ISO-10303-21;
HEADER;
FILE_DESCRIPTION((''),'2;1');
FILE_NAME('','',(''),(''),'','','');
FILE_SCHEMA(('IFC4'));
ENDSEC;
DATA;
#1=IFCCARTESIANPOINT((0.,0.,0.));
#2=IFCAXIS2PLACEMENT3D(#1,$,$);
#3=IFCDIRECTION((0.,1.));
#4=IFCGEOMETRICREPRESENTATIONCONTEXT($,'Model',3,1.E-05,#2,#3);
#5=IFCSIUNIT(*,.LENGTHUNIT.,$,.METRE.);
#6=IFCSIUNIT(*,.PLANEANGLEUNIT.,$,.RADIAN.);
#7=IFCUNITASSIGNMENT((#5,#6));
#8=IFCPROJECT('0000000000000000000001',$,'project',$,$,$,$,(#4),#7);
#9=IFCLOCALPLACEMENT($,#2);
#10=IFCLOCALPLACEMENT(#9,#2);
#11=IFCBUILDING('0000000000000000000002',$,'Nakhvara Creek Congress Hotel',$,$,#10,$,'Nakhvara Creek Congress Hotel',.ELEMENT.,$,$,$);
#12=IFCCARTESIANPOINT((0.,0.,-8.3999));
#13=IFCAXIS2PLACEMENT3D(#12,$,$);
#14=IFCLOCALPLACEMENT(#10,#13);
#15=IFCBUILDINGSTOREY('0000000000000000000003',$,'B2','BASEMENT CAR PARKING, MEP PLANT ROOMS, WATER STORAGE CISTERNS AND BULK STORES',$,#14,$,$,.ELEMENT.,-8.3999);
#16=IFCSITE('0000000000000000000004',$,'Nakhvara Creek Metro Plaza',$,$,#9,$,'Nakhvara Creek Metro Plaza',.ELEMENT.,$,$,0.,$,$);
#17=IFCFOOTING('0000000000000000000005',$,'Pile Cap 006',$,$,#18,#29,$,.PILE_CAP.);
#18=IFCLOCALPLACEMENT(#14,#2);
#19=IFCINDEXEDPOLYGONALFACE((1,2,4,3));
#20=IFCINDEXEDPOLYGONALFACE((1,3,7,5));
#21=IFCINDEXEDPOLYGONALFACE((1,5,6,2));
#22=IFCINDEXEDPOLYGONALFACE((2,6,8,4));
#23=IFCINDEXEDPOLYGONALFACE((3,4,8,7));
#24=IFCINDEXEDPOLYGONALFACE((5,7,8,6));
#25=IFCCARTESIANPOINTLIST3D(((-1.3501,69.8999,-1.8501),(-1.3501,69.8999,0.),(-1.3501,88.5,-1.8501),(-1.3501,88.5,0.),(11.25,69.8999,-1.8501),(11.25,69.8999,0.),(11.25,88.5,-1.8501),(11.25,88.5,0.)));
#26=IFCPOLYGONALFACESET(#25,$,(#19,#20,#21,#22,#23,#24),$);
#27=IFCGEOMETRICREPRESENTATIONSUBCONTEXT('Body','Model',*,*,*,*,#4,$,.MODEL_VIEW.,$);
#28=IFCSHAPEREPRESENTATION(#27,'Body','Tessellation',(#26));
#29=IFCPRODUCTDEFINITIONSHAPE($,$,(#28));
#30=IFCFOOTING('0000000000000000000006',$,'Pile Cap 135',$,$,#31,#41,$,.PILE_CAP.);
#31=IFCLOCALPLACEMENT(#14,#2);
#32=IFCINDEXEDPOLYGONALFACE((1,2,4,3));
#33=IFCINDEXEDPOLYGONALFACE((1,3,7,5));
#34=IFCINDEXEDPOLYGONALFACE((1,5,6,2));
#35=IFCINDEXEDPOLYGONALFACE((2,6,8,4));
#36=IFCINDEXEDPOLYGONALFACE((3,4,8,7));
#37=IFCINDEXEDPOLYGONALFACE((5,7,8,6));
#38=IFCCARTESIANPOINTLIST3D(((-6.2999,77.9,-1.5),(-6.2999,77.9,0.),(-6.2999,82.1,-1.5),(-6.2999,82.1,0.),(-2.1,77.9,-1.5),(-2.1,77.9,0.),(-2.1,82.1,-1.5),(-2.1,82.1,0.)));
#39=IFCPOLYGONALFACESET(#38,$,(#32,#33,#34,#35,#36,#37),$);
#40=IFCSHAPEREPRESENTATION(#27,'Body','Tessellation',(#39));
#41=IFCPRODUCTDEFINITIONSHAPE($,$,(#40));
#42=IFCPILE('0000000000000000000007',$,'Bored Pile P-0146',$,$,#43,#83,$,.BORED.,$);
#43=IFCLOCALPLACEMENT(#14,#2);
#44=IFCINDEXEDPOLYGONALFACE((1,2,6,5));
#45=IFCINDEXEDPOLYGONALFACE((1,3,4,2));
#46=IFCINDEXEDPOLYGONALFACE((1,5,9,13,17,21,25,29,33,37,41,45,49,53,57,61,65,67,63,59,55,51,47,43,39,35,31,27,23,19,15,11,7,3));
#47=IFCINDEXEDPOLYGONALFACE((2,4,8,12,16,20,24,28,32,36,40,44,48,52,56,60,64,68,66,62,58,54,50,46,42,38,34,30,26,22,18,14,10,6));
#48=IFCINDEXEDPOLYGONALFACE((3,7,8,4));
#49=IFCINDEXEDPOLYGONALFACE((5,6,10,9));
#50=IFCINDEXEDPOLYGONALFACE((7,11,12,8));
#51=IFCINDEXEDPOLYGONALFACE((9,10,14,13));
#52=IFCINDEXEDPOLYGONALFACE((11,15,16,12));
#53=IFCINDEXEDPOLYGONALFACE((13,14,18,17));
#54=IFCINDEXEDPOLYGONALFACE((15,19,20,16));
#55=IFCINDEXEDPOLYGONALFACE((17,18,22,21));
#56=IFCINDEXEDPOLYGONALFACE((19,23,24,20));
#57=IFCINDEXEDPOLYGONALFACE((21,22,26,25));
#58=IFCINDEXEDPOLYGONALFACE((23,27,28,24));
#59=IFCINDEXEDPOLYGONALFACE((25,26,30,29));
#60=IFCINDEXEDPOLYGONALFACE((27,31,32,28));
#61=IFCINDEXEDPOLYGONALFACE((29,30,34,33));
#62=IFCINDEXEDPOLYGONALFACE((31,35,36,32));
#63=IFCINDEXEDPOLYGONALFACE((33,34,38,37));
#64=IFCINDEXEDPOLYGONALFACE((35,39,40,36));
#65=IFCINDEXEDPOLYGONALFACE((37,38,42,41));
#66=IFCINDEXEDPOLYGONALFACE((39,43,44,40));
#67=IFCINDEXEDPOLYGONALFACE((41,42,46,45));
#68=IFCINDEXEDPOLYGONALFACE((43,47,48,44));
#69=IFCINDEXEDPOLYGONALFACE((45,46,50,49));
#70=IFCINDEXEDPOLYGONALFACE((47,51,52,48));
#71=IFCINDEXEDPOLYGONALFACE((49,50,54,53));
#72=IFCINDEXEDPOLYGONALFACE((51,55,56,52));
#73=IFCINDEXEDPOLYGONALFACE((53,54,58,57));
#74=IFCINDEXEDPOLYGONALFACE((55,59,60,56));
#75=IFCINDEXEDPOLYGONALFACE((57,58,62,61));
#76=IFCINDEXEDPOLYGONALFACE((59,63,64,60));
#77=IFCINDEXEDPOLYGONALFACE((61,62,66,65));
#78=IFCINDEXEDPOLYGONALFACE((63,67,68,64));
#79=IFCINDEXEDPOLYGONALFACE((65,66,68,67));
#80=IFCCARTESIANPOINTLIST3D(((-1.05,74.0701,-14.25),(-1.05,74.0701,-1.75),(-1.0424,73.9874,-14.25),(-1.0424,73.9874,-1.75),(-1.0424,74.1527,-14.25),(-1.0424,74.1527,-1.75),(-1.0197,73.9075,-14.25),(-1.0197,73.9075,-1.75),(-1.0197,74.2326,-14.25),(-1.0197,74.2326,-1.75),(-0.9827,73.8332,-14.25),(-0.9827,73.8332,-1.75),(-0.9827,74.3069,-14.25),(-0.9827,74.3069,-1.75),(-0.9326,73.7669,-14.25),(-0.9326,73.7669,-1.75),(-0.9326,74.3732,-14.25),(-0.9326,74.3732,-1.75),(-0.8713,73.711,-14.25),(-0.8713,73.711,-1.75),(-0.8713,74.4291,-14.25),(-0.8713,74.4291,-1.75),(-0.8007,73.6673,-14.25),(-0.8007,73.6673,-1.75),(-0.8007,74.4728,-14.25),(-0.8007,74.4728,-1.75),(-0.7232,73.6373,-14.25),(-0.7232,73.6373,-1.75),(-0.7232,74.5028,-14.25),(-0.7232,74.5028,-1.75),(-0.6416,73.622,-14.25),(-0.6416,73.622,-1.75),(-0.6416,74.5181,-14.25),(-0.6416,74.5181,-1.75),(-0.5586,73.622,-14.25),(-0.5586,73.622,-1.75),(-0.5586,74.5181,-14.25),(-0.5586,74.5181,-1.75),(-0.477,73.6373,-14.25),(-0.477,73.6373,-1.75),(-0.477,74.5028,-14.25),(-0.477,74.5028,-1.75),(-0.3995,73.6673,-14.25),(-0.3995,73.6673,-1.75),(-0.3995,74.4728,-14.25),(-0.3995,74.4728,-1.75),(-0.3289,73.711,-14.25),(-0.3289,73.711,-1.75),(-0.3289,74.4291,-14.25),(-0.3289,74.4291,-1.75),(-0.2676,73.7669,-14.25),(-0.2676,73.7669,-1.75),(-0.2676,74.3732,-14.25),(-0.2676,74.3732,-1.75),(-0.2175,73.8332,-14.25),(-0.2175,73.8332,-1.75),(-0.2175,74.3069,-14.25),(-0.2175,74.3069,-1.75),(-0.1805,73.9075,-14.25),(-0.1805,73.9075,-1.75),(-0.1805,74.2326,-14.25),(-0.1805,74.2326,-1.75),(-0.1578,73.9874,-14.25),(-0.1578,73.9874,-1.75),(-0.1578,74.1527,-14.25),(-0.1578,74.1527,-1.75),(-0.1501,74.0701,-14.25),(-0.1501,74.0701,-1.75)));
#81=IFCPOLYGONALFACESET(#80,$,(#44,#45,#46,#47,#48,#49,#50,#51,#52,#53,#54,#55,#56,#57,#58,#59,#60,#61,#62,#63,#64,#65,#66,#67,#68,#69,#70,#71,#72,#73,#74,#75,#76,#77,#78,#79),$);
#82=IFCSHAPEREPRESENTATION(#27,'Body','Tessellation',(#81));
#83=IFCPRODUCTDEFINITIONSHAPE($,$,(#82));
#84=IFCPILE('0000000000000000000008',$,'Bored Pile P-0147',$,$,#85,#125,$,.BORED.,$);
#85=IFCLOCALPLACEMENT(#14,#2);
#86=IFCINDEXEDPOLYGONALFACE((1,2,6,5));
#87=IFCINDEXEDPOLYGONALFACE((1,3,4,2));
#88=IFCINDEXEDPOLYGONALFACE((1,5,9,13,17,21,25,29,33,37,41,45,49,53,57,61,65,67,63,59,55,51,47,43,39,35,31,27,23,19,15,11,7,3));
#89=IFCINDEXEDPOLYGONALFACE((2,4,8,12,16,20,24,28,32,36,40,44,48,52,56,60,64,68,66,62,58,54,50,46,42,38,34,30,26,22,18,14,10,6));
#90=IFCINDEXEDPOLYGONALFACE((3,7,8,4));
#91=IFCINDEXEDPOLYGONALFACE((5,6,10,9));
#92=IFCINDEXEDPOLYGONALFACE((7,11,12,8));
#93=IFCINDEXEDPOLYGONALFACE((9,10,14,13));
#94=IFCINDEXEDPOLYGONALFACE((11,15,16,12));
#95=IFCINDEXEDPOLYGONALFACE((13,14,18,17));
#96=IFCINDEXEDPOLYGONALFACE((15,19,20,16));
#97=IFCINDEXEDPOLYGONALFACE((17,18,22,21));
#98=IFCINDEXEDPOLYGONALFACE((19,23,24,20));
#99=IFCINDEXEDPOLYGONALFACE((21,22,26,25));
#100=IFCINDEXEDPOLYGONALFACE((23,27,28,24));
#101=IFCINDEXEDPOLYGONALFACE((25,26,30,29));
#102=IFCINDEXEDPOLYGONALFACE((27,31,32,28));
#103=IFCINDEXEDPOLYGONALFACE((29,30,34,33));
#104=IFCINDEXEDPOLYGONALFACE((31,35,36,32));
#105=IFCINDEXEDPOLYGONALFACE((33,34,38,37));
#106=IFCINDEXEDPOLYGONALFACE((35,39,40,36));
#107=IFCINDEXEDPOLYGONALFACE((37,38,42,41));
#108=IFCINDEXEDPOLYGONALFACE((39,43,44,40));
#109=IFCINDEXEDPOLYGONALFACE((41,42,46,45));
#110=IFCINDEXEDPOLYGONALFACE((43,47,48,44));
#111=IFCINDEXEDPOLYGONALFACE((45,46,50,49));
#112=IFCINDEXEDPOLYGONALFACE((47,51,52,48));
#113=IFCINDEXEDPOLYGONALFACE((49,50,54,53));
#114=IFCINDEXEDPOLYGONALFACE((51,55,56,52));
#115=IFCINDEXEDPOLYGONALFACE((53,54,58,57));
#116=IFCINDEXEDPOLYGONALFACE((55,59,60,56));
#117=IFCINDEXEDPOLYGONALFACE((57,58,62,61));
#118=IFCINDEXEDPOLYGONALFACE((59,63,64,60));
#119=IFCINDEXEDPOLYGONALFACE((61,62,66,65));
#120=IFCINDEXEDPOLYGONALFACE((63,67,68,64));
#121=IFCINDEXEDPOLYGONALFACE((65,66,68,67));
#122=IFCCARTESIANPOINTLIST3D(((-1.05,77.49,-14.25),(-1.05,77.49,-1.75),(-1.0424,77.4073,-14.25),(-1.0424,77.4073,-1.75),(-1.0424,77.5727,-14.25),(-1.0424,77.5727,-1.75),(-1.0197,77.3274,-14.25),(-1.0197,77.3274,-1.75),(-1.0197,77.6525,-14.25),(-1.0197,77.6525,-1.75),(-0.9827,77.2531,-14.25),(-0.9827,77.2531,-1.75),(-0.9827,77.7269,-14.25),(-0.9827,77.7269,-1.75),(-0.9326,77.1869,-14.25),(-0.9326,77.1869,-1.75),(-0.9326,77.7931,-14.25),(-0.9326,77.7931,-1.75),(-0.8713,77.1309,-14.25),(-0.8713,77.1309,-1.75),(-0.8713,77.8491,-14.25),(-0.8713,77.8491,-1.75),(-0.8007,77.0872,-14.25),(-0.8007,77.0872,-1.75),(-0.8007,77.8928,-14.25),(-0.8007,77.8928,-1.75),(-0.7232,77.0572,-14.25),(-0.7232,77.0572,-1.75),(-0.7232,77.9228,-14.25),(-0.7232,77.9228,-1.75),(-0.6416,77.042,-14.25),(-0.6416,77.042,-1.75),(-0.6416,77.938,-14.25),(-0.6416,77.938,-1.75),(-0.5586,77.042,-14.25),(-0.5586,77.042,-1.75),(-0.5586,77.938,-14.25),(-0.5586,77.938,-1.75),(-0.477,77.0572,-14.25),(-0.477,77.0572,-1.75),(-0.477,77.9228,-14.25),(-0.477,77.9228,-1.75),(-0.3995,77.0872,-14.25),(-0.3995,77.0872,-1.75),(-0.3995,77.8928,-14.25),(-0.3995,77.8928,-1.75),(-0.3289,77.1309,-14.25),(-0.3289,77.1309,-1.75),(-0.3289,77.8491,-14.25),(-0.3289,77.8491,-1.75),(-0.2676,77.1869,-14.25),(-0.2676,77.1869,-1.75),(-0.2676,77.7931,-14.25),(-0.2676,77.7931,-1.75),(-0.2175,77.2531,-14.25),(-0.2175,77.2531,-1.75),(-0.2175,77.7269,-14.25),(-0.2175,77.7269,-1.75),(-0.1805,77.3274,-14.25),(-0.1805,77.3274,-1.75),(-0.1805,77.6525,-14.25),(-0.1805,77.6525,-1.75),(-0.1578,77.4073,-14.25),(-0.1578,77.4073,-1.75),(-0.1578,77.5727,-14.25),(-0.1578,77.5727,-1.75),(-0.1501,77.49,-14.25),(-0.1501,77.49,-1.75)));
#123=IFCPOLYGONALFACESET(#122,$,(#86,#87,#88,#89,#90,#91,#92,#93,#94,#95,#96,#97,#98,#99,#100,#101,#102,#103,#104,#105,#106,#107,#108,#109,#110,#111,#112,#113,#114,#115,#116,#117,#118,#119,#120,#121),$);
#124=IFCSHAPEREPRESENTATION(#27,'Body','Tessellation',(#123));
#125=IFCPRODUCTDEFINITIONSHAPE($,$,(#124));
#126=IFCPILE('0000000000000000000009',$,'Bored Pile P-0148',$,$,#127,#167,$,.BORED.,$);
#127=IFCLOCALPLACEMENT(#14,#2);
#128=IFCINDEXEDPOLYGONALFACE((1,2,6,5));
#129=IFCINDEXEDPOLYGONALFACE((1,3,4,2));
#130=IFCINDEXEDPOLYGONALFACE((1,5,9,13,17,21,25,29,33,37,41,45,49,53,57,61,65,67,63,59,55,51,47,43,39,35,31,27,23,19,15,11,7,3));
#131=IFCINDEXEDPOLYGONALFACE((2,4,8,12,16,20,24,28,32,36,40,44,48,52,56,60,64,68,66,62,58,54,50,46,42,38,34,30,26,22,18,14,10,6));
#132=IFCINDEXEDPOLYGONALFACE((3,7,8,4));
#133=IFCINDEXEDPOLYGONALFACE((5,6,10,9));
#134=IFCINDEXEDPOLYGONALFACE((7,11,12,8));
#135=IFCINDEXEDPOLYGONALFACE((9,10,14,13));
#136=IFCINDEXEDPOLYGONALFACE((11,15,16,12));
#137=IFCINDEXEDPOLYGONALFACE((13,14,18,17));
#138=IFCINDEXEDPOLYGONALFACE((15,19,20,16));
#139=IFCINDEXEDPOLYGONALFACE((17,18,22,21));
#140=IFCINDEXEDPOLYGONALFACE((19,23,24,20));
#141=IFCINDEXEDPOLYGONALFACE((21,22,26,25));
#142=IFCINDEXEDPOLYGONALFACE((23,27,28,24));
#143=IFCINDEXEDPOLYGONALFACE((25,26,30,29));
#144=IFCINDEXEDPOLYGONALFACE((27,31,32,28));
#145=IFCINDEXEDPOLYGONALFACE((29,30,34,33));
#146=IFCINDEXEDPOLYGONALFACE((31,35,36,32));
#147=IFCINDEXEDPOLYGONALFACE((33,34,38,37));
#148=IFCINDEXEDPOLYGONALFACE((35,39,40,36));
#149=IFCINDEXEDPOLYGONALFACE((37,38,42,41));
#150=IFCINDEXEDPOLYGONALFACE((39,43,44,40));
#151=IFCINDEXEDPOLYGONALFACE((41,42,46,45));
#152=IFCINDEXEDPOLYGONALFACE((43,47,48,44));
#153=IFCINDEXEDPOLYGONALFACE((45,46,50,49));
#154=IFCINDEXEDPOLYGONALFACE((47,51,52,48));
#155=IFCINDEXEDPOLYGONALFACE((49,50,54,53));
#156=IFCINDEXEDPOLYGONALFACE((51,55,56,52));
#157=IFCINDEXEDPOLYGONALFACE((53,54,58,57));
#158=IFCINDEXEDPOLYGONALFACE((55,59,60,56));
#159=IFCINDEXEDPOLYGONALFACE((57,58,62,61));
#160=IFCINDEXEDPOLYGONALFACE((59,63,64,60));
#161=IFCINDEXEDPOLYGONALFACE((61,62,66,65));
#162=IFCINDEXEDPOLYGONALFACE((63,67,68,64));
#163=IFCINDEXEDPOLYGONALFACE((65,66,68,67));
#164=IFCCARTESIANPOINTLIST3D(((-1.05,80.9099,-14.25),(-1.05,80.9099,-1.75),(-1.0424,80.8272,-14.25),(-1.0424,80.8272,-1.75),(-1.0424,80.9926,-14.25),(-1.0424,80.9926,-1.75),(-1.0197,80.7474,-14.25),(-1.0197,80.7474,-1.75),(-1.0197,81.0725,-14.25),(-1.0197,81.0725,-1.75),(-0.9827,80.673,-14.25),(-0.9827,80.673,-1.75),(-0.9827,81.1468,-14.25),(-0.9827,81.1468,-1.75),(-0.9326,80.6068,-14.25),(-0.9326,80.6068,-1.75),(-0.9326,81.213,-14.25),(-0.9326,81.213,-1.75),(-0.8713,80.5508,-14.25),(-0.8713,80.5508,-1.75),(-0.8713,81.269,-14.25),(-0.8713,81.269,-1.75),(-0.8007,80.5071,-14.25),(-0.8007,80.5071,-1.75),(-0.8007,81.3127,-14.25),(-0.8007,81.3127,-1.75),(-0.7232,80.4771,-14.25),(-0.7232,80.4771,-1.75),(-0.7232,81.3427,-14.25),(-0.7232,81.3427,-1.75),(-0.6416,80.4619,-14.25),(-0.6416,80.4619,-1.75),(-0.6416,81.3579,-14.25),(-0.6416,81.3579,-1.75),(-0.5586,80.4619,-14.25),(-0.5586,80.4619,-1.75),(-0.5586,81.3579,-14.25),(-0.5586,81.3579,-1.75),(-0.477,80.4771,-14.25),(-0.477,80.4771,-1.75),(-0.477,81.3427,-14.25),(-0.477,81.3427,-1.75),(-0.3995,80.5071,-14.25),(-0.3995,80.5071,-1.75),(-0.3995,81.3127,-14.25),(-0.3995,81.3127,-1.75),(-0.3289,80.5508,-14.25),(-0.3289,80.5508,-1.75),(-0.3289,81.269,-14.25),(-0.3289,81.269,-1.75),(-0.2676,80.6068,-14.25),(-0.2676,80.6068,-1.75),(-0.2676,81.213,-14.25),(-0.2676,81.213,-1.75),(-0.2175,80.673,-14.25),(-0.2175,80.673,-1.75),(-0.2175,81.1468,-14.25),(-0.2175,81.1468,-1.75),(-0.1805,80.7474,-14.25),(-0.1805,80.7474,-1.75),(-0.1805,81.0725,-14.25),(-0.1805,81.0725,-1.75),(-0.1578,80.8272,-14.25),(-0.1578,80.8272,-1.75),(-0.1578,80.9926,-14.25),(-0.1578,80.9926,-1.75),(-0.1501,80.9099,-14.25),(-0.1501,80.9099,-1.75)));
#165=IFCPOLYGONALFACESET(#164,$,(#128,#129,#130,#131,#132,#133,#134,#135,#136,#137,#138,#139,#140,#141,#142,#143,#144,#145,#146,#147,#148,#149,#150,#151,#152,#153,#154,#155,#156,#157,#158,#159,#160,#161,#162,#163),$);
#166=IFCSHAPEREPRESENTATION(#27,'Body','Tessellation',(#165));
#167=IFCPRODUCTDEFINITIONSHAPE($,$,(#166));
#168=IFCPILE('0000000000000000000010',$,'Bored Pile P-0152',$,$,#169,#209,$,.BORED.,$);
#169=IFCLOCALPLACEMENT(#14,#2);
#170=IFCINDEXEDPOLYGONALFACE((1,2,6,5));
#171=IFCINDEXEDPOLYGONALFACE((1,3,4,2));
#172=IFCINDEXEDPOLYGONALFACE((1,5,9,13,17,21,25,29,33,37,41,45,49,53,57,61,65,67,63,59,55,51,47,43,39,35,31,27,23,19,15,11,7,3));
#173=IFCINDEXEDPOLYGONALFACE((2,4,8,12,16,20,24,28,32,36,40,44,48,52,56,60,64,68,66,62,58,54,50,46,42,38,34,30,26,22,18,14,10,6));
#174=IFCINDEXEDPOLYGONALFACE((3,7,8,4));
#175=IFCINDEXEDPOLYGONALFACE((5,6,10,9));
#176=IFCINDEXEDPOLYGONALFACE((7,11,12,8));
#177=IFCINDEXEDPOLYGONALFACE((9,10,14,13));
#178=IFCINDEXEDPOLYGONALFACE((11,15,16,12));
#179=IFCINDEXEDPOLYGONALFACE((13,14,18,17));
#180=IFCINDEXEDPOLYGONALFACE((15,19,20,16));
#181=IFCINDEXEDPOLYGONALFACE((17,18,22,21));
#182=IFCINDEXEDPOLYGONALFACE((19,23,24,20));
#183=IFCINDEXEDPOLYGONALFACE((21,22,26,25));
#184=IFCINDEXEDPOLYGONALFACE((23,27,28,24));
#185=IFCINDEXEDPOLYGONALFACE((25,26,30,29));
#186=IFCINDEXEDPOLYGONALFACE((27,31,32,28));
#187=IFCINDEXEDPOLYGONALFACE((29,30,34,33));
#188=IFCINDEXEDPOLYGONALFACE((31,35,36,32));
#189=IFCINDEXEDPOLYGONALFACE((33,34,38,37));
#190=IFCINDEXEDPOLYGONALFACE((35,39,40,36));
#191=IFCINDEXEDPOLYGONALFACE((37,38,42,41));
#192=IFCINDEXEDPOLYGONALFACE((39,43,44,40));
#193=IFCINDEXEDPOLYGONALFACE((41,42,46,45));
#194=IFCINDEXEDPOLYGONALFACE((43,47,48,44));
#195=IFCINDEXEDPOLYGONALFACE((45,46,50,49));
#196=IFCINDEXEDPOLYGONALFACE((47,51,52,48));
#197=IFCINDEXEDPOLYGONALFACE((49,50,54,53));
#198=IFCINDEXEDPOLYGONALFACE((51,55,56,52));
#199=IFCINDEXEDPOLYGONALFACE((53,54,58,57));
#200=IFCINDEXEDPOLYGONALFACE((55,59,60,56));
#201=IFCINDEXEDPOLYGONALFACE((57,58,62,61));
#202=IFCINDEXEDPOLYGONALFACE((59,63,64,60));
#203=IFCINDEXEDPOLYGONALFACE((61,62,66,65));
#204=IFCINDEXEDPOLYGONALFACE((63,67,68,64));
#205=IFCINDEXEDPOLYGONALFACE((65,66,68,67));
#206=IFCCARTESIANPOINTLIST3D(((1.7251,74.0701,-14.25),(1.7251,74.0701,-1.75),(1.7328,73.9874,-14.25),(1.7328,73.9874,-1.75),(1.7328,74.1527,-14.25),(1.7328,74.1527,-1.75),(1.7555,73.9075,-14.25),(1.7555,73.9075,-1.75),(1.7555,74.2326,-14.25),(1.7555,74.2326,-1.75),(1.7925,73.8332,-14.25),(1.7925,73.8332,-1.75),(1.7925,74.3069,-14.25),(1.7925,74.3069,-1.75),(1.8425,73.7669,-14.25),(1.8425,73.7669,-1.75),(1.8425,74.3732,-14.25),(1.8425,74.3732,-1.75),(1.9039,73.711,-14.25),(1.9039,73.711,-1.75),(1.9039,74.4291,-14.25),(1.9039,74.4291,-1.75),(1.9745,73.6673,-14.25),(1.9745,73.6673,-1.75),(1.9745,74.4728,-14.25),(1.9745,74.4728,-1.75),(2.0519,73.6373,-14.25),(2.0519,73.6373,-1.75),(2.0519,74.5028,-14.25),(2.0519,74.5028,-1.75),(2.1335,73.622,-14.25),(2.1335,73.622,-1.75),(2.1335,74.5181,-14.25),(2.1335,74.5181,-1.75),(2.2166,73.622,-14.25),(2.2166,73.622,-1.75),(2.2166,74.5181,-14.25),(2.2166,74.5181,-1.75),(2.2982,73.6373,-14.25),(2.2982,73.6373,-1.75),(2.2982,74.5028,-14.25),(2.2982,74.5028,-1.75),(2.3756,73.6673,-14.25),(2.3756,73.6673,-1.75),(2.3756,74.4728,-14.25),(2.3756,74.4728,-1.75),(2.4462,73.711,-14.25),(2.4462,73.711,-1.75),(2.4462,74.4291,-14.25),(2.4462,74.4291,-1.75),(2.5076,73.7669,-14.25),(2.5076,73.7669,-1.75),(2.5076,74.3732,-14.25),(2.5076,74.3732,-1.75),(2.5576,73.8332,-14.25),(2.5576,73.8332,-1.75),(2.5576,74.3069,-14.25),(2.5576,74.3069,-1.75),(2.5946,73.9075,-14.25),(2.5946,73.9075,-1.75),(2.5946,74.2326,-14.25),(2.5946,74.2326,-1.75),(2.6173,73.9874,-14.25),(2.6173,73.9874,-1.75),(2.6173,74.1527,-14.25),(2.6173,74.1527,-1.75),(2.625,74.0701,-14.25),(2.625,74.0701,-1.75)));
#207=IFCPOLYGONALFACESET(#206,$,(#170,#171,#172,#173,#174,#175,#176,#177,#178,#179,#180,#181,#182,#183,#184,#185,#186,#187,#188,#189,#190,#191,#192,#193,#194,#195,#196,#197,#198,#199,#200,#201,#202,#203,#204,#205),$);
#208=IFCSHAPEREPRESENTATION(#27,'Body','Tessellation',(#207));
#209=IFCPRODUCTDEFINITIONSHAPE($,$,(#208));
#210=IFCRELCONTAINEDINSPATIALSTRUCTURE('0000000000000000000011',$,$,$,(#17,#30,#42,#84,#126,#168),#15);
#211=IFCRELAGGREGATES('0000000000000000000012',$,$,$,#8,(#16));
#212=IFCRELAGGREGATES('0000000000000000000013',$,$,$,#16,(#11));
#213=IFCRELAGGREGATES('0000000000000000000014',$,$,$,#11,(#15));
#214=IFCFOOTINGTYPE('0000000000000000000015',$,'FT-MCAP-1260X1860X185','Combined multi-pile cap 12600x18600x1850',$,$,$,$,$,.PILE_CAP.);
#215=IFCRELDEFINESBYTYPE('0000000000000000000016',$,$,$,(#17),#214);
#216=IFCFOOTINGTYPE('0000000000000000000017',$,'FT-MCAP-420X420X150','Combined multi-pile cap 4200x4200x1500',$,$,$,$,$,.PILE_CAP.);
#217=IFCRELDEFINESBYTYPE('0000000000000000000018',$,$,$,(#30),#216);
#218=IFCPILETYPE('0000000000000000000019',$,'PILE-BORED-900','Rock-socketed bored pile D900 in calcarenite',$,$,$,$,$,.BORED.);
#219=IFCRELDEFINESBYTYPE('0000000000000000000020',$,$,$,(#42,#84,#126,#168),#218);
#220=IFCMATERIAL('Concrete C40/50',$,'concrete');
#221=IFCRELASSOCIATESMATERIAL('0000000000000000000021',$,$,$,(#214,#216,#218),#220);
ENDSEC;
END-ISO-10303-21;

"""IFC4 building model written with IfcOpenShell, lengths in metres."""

from ifc_helpers import new_model, si_unit, direction, frame, origin, origin_2d, place, context, subcontext, project, spatial, rectangle, circle, extrude, material, material_profile, profile_set, type_object, element, save


model = new_model("IFC4")

# Units and contexts
model_context = context("Model", 3, precision=1e-05, world=origin(), true_north=direction((0.0, 1.0)))
body_context = subcontext(model_context, "Body", "Model", "MODEL_VIEW")
ifc_project = project(units=[si_unit("LENGTHUNIT", "METRE"), si_unit("PLANEANGLEUNIT", "RADIAN")], contexts=[model_context])

# Site, building, storey
site_placement = place(None, origin())
site = spatial("IfcSite", under=ifc_project, at=site_placement, Name="Nakhvara Creek Metro Plaza", LongName="Nakhvara Creek Metro Plaza", CompositionType="ELEMENT", RefElevation=0.0)
building_placement = place(site_placement, origin())
building = spatial("IfcBuilding", under=site, at=building_placement, Name="Nakhvara Creek Congress Hotel", LongName="Nakhvara Creek Congress Hotel", CompositionType="ELEMENT")
storey_placement = place(building_placement, frame((0.0, 0.0, -8.3999)))
storey = spatial("IfcBuildingStorey", under=building, at=storey_placement, Name="B2", Description="BASEMENT CAR PARKING, MEP PLANT ROOMS, WATER STORAGE CISTERNS AND BULK STORES", CompositionType="ELEMENT", Elevation=-8.3999)

# Footings
ifc_material_1 = material(Name="Concrete C40/50", Category="concrete")
footing_type_1 = type_object("IfcFootingType", Name="FT-MCAP-1260X1860X185", Description="Combined multi-pile cap 12600x18600x1850", PredefinedType="PILE_CAP", material=ifc_material_1)
footing_1_placement = place(storey_placement, frame((4.95, 79.2, -1.8501), z_axis=(0.0, 0.0, 1.0), x_axis=(1.0, 0.0, 0.0)))
element("IfcFooting", 1, at=footing_1_placement, inside=storey, type_object=footing_type_1, Name="Pile Cap 006", PredefinedType="PILE_CAP", context=body_context, shape_type="SweptSolid", body=[
    extrude(rectangle(XDim=12.6001, YDim=18.6001, at=origin_2d()), origin(), (0.0, 0.0, 1.0), 1.8501),
])
footing_type_2 = type_object("IfcFootingType", Name="FT-MCAP-420X420X150", Description="Combined multi-pile cap 4200x4200x1500", PredefinedType="PILE_CAP", material=ifc_material_1)
footing_2_placement = place(storey_placement, frame((-4.2, 80.0, -1.5), z_axis=(0.0, 0.0, 1.0), x_axis=(1.0, 0.0, 0.0)))
element("IfcFooting", 2, at=footing_2_placement, inside=storey, type_object=footing_type_2, Name="Pile Cap 135", PredefinedType="PILE_CAP", context=body_context, shape_type="SweptSolid", body=[
    extrude(rectangle(XDim=4.2, YDim=4.2, at=origin_2d()), origin(), (0.0, 0.0, 1.0), 1.5),
])

# Piles
ifc_material_profile_1 = material_profile(ifc_material_1, circle(Radius=0.45, at=origin_2d()), Name="BORED PILE D900", Category="LoadBearing")
ifc_profile_set_1 = profile_set([ifc_material_profile_1], Name="Concrete C40/50")
pile_type = type_object("IfcPileType", Name="PILE-BORED-900", Description="Rock-socketed bored pile D900 in calcarenite", PredefinedType="BORED", material=ifc_profile_set_1)
for number, where, z_axis, x_axis, name in (
    (3, (-0.6001, 74.0701, -1.75), (0.0, 0.0, -1.0), (1.0, 0.0, 0.0), "Bored Pile P-0146"),
    (4, (-0.6001, 77.49, -1.75), (0.0, 0.0, -1.0), (1.0, 0.0, 0.0), "Bored Pile P-0147"),
    (5, (-0.6001, 80.9099, -1.75), (0.0, 0.0, -1.0), (1.0, 0.0, 0.0), "Bored Pile P-0148"),
    (6, (2.175, 74.0701, -1.75), (0.0, 0.0, -1.0), (1.0, 0.0, 0.0), "Bored Pile P-0152"),
):
    element("IfcPile", number, at=place(storey_placement, frame(where, z_axis=z_axis, x_axis=x_axis)), inside=storey, type_object=pile_type, Name=name, PredefinedType="BORED", context=body_context, shape_type="SweptSolid", body=[
        extrude(circle(Radius=0.45, at=origin_2d()), origin(), (0.0, 0.0, 1.0), 12.5),
    ])

save(model, "model.ifc")
